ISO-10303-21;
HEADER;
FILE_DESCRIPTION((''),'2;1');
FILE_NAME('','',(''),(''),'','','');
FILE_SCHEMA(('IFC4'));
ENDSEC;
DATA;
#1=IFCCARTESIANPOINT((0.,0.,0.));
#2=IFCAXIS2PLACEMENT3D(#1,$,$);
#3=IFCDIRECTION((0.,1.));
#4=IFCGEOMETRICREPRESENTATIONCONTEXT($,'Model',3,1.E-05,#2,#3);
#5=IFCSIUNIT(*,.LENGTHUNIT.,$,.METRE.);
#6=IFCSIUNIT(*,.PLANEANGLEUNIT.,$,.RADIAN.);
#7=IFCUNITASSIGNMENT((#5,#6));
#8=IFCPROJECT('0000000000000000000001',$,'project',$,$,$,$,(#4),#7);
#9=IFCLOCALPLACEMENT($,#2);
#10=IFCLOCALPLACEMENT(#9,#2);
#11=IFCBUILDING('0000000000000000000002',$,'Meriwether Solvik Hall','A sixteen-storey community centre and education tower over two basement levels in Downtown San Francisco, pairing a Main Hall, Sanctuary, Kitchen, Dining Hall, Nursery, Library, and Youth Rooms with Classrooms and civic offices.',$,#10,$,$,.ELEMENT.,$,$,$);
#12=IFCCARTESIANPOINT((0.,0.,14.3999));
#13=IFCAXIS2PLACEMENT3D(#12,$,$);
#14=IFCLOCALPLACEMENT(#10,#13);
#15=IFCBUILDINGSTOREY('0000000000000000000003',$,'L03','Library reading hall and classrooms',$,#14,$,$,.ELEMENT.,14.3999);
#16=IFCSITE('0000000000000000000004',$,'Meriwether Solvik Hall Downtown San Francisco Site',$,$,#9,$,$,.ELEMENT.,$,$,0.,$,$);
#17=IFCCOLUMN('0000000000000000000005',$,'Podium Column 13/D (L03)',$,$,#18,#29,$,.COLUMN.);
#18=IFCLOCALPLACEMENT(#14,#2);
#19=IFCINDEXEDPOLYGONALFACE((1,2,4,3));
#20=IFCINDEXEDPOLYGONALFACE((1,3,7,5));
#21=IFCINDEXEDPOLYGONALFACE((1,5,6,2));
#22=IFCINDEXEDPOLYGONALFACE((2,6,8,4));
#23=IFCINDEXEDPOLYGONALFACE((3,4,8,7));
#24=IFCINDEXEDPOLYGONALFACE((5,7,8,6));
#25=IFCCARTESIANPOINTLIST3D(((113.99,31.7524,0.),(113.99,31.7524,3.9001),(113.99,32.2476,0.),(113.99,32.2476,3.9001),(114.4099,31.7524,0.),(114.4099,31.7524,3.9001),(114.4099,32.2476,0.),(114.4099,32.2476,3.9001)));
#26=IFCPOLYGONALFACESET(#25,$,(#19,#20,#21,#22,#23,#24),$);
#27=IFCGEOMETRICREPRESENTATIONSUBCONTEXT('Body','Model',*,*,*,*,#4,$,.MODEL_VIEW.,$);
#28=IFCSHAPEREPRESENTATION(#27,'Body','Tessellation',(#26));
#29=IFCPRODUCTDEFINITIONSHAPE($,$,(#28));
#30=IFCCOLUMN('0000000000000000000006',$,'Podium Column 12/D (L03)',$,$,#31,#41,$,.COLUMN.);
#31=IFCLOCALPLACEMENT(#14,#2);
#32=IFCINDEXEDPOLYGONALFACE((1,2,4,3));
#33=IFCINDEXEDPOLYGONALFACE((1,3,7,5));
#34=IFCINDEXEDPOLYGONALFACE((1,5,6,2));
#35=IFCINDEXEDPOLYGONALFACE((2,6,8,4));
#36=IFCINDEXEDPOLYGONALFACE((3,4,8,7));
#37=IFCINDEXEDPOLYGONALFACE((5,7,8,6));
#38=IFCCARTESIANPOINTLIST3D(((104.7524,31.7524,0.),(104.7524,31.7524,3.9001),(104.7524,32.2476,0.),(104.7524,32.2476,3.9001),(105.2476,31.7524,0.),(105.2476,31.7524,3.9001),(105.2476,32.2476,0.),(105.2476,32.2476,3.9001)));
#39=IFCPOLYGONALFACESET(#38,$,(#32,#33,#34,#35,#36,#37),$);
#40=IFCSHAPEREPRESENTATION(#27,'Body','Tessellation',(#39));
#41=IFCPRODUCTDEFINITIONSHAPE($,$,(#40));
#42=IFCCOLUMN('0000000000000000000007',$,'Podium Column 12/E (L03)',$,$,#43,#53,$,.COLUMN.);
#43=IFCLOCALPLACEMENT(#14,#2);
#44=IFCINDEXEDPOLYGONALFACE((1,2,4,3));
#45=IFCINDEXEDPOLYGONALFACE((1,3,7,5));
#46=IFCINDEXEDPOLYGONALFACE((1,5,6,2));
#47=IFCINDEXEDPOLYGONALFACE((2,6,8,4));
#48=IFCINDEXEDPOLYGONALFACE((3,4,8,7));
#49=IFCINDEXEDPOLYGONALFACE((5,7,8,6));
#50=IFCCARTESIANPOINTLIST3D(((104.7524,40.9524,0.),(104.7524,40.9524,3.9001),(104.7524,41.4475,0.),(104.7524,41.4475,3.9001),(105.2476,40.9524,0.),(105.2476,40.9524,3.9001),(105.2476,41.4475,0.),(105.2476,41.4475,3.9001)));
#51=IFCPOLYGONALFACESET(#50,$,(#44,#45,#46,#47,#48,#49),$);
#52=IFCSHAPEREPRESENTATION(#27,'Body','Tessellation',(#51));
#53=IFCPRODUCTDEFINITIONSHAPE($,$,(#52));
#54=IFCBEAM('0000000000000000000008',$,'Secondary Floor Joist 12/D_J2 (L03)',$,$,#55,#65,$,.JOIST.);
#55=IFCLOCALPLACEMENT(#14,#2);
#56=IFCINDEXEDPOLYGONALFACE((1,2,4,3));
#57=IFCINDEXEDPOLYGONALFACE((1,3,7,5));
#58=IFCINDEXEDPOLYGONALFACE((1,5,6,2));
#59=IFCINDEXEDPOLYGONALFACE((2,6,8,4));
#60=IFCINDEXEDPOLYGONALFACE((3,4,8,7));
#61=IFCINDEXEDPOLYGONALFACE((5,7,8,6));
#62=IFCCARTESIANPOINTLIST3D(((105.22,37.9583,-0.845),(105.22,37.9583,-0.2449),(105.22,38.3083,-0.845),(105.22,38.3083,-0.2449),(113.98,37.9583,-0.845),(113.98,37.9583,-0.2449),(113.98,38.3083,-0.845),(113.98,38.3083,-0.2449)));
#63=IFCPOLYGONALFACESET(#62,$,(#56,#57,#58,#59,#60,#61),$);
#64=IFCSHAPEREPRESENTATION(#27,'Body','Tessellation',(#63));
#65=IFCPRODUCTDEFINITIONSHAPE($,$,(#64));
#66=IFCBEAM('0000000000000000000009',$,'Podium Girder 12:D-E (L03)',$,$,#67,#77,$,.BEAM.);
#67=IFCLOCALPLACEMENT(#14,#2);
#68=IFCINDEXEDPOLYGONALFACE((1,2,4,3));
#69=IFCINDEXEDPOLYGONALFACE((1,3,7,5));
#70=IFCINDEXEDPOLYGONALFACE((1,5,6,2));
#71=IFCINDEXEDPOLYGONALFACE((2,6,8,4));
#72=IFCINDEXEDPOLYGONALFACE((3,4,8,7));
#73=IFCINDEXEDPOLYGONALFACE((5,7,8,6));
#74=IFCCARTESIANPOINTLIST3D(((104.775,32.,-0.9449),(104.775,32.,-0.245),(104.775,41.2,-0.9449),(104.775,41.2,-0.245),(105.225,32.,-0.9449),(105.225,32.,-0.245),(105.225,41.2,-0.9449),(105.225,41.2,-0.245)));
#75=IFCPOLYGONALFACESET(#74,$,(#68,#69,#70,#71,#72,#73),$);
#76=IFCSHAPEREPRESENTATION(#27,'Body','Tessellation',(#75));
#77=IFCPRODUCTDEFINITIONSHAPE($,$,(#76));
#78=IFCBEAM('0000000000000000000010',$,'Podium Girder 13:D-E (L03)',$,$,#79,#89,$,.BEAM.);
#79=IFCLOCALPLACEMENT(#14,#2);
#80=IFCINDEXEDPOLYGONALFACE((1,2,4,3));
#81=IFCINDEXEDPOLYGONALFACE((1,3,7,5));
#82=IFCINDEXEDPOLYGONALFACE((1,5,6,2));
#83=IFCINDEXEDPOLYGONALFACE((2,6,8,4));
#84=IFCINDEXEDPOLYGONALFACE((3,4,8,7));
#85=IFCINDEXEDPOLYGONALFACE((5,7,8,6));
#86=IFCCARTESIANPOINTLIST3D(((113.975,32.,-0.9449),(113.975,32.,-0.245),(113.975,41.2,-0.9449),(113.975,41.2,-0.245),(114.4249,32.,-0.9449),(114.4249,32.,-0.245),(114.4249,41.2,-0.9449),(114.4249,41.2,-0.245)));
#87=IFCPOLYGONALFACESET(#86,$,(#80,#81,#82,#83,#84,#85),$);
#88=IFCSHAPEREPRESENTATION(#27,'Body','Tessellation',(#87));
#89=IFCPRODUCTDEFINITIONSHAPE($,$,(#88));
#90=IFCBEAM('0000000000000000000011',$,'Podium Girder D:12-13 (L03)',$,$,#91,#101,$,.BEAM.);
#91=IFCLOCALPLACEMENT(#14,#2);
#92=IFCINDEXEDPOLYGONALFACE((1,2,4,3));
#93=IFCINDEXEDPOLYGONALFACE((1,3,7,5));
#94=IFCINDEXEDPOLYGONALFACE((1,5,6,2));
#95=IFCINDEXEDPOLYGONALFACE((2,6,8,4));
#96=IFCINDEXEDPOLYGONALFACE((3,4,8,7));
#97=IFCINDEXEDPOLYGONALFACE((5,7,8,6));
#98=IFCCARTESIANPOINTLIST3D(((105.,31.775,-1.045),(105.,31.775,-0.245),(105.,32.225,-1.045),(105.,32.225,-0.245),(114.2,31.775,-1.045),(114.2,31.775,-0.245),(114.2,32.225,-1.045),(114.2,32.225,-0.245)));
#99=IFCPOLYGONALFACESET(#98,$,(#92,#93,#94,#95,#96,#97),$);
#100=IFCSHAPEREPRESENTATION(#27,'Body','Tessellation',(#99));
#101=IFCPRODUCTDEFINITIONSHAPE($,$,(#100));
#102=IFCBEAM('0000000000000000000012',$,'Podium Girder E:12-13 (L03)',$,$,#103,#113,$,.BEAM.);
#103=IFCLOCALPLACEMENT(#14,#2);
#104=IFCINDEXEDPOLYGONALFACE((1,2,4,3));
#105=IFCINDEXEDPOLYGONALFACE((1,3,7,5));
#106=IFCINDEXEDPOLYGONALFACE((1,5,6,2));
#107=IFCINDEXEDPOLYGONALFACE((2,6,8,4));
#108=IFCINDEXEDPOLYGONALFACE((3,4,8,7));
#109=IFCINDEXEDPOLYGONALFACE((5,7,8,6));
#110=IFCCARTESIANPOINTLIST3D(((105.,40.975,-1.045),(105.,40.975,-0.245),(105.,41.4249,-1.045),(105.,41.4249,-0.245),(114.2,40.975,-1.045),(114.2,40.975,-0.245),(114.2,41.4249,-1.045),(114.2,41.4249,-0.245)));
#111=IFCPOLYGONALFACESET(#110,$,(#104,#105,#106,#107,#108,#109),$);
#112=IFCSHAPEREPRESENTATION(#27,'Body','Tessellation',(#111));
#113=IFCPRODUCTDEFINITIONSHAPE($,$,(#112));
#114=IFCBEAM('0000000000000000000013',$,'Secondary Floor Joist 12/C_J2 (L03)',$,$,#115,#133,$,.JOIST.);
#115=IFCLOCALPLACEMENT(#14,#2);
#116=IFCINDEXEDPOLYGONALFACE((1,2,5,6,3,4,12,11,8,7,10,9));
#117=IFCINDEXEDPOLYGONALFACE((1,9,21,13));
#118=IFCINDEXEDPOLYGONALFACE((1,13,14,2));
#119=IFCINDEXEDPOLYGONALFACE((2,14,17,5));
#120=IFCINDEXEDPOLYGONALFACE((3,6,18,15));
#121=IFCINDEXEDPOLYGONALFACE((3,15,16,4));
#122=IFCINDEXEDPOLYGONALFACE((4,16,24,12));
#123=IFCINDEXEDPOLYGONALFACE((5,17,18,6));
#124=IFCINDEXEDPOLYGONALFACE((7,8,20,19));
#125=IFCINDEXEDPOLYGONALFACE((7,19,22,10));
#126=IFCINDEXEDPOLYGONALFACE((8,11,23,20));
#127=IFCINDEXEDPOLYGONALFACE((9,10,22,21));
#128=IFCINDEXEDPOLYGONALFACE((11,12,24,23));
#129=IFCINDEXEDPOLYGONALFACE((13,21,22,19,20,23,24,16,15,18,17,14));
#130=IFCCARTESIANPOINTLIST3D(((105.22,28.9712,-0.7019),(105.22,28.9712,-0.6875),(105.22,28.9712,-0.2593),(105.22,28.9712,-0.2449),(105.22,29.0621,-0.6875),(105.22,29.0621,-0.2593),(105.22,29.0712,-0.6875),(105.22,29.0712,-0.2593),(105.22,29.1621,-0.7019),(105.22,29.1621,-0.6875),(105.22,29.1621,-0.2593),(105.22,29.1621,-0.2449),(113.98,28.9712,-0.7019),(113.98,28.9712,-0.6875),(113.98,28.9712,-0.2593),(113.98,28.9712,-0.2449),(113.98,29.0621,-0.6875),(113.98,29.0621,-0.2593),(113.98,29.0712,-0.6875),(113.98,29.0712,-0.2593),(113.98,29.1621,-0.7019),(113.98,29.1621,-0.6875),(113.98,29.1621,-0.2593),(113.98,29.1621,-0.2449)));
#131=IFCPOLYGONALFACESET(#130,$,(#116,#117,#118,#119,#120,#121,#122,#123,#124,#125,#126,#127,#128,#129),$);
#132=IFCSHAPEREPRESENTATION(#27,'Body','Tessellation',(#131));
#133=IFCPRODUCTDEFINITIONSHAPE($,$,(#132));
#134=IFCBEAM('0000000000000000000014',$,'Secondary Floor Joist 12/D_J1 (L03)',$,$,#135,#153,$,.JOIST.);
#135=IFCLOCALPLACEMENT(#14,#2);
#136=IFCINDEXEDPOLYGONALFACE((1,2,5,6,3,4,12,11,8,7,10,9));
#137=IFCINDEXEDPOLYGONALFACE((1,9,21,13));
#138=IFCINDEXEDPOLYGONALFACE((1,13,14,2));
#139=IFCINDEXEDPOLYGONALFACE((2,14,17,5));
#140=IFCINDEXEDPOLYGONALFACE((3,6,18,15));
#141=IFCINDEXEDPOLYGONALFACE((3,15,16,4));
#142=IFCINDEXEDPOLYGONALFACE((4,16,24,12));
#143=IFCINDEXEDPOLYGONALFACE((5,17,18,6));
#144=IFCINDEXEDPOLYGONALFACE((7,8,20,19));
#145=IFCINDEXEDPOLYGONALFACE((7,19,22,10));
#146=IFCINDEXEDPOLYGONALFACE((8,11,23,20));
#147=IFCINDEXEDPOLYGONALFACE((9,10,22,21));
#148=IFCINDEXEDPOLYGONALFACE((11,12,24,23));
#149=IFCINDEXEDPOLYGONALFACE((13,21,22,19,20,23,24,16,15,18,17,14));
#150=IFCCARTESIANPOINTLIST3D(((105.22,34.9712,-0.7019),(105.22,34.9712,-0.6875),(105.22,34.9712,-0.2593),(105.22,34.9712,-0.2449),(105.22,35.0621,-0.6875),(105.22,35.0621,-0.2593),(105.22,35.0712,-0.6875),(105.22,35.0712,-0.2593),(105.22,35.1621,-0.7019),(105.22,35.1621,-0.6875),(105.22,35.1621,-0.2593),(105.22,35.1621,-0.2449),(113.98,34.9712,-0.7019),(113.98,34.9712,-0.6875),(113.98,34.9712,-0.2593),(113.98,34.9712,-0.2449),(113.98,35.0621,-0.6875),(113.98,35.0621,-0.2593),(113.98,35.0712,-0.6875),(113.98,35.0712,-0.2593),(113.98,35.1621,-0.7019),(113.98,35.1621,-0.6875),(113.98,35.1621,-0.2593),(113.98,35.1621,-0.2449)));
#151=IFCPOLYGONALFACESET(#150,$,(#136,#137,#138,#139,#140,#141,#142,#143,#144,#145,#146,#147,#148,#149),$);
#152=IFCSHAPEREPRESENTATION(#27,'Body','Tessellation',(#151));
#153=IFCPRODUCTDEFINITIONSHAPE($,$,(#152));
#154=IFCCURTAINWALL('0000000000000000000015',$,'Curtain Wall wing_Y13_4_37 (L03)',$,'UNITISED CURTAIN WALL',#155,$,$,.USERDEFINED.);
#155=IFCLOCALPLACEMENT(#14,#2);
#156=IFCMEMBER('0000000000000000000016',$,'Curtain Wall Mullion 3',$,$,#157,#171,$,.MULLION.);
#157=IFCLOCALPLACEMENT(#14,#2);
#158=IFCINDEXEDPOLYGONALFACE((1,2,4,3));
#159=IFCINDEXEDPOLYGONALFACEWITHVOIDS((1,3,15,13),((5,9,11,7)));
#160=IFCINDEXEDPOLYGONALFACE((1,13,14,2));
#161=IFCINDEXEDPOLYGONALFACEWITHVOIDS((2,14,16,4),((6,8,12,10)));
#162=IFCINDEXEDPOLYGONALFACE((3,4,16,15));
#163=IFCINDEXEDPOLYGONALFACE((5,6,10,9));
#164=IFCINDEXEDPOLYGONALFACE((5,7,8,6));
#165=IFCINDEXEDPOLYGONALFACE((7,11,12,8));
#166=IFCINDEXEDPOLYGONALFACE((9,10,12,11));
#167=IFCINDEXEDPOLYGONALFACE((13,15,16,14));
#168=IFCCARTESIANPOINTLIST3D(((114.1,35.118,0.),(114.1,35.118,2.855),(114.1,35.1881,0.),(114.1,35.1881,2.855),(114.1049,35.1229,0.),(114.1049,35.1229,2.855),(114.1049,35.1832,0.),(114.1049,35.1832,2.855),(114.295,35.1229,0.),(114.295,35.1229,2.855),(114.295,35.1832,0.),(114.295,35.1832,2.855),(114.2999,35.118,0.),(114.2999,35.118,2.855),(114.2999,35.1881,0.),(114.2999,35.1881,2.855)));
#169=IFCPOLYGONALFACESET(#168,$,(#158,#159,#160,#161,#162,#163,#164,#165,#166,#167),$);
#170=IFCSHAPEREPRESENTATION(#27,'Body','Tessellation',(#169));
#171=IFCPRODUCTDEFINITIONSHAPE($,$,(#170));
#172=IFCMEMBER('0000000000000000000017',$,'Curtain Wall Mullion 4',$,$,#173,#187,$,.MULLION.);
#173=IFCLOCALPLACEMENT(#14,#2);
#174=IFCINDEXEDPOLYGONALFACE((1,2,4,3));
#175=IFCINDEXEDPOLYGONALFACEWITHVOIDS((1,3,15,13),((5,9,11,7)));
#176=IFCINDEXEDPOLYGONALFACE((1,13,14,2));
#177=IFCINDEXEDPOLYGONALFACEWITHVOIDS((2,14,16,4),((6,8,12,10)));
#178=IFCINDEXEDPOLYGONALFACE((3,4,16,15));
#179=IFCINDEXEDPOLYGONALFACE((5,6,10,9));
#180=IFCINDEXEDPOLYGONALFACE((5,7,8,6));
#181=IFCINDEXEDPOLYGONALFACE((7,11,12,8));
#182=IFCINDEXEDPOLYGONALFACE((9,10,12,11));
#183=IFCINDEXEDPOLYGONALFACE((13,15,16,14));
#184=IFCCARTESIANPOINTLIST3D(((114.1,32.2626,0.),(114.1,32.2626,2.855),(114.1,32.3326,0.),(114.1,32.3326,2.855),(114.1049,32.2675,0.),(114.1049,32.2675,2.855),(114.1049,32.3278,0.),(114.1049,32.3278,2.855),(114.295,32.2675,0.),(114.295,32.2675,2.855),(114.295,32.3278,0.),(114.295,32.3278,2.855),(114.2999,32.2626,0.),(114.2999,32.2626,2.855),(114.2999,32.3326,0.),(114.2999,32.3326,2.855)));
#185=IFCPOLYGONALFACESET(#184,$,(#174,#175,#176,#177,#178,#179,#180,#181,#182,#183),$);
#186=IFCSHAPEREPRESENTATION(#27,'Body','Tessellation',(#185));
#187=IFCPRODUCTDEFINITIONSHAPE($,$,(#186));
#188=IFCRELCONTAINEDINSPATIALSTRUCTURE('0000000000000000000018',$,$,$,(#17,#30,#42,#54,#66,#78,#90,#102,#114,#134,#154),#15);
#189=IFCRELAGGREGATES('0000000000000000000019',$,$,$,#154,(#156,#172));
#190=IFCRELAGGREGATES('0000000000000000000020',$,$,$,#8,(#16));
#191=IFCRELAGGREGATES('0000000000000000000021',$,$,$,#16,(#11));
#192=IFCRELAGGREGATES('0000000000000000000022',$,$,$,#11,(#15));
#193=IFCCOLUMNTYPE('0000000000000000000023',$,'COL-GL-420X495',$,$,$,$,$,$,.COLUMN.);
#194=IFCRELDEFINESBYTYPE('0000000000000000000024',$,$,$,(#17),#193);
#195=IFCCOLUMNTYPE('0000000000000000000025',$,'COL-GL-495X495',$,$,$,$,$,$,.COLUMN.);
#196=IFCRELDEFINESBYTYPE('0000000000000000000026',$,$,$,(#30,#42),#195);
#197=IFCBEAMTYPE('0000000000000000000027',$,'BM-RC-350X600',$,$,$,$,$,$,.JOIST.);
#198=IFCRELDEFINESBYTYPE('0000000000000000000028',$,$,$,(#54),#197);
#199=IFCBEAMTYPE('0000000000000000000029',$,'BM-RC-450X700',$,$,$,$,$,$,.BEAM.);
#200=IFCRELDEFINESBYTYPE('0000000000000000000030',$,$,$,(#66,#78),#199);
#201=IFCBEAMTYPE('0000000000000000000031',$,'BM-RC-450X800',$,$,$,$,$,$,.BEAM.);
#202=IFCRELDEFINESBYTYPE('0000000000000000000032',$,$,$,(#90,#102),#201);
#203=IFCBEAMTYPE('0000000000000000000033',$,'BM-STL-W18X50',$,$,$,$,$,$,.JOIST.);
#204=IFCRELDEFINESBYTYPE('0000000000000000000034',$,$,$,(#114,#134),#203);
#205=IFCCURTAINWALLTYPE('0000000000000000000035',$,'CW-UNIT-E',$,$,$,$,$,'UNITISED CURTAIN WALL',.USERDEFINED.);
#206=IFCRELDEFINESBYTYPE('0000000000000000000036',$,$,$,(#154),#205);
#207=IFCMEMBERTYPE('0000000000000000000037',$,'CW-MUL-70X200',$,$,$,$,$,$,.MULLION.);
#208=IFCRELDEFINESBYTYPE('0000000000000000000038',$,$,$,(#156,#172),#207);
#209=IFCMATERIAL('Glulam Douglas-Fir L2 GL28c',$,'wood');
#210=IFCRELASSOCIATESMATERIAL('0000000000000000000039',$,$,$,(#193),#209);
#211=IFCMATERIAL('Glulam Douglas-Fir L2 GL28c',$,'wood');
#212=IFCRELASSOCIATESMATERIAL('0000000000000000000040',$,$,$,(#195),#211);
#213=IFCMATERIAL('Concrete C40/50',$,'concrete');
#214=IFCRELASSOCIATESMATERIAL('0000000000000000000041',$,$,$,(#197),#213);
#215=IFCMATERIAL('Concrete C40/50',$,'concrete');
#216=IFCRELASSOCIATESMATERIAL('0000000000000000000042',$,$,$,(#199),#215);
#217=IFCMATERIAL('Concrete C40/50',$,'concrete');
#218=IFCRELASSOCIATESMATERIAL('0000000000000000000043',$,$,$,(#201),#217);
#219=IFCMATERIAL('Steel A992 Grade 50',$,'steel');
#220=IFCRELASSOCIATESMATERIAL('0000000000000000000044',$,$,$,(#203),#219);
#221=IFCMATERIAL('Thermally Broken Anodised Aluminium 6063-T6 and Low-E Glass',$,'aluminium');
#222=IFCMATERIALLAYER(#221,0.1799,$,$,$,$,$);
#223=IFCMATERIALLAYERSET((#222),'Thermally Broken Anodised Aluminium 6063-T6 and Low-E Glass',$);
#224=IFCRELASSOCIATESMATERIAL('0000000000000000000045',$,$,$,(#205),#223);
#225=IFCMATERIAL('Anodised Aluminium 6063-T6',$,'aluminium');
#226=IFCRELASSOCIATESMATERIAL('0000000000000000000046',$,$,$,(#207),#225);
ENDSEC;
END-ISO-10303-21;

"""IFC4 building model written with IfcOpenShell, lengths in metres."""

from ifc_helpers import new_model, si_unit, direction, frame, origin, origin_2d, place, context, subcontext, project, spatial, rectangle, hollow_rectangle, i_section, extrude, material, layer, layer_set, material_profile, profile_set, type_object, element, aggregate, save


model = new_model("IFC4")

# Units and contexts
model_context = context("Model", 3, precision=1e-05, world=origin(), true_north=direction((0.0, 1.0)))
body_context = subcontext(model_context, "Body", "Model", "MODEL_VIEW")
ifc_project = project(units=[si_unit("LENGTHUNIT", "METRE"), si_unit("PLANEANGLEUNIT", "RADIAN")], contexts=[model_context])

# Site, building, storey
site_placement = place(None, origin())
site = spatial("IfcSite", under=ifc_project, at=site_placement, Name="Meriwether Solvik Hall Downtown San Francisco Site", CompositionType="ELEMENT", RefElevation=0.0)
building_placement = place(site_placement, origin())
building = spatial("IfcBuilding", under=site, at=building_placement, Name="Meriwether Solvik Hall", Description="A sixteen-storey community centre and education tower over two basement levels in Downtown San Francisco, pairing a Main Hall, Sanctuary, Kitchen, Dining Hall, Nursery, Library, and Youth Rooms with Classrooms and civic offices.", CompositionType="ELEMENT")
storey_placement = place(building_placement, frame((0.0, 0.0, 14.3999)))
storey = spatial("IfcBuildingStorey", under=building, at=storey_placement, Name="L03", Description="Library reading hall and classrooms", CompositionType="ELEMENT", Elevation=14.3999)

# Columns
ifc_material_1 = material(Name="Glulam Douglas-Fir L2 GL28c", Category="wood")
ifc_material_profile_1 = material_profile(ifc_material_1, rectangle(XDim=0.4199, YDim=0.4951, at=origin_2d()), Name="GLC-420X495")
ifc_profile_set_1 = profile_set([ifc_material_profile_1], Name="Glulam Douglas-Fir L2 GL28c")
column_type_1 = type_object("IfcColumnType", Name="COL-GL-420X495", PredefinedType="COLUMN", material=ifc_profile_set_1)
column_placement = place(storey_placement, frame((114.2, 32.0, 0.0), z_axis=(0.0, 0.0, 1.0), x_axis=(1.0, 0.0, 0.0)))
element("IfcColumn", 1, at=column_placement, inside=storey, type_object=column_type_1, Name="Podium Column 13/D (L03)", PredefinedType="COLUMN", context=body_context, shape_type="SweptSolid", body=[
    extrude(rectangle(XDim=0.4199, YDim=0.4951, at=origin_2d()), origin(), (0.0, 0.0, 1.0), 3.9001),
])
ifc_material_2 = material(Name="Glulam Douglas-Fir L2 GL28c", Category="wood")
ifc_material_profile_2 = material_profile(ifc_material_2, rectangle(XDim=0.4951, YDim=0.4951, at=origin_2d()), Name="GLC-495X495")
ifc_profile_set_2 = profile_set([ifc_material_profile_2], Name="Glulam Douglas-Fir L2 GL28c")
column_type_2 = type_object("IfcColumnType", Name="COL-GL-495X495", PredefinedType="COLUMN", material=ifc_profile_set_2)
for number, where, z_axis, x_axis, name in (
    (2, (105.0, 32.0, 0.0), (0.0, 0.0, 1.0), (1.0, 0.0, 0.0), "Podium Column 12/D (L03)"),
    (3, (105.0, 41.2, 0.0), (0.0, 0.0, 1.0), (1.0, 0.0, 0.0), "Podium Column 12/E (L03)"),
):
    element("IfcColumn", number, at=place(storey_placement, frame(where, z_axis=z_axis, x_axis=x_axis)), inside=storey, type_object=column_type_2, Name=name, PredefinedType="COLUMN", context=body_context, shape_type="SweptSolid", body=[
        extrude(rectangle(XDim=0.4951, YDim=0.4951, at=origin_2d()), origin(), (0.0, 0.0, 1.0), 3.9001),
    ])

# Beams
ifc_material_3 = material(Name="Concrete C40/50", Category="concrete")
ifc_material_profile_3 = material_profile(ifc_material_3, rectangle(XDim=0.3501, YDim=0.6001, at=origin_2d()), Name="RCB-350X600")
ifc_profile_set_3 = profile_set([ifc_material_profile_3], Name="Concrete C40/50")
beam_type_1 = type_object("IfcBeamType", Name="BM-RC-350X600", PredefinedType="JOIST", material=ifc_profile_set_3)
beam_placement = place(storey_placement, frame((105.22, 38.1333, -0.5449), z_axis=(1.0, 0.0, 0.0), x_axis=(0.0, 1.0, 0.0)))
element("IfcBeam", 4, at=beam_placement, inside=storey, type_object=beam_type_1, Name="Secondary Floor Joist 12/D_J2 (L03)", PredefinedType="JOIST", context=body_context, shape_type="SweptSolid", body=[
    extrude(rectangle(XDim=0.3501, YDim=0.6001, at=origin_2d()), origin(), (0.0, 0.0, 1.0), 8.76),
])
ifc_material_4 = material(Name="Concrete C40/50", Category="concrete")
ifc_material_profile_4 = material_profile(ifc_material_4, rectangle(XDim=0.45, YDim=0.7, at=origin_2d()), Name="RCB-450X700")
ifc_profile_set_4 = profile_set([ifc_material_profile_4], Name="Concrete C40/50")
beam_type_2 = type_object("IfcBeamType", Name="BM-RC-450X700", PredefinedType="BEAM", material=ifc_profile_set_4)
for number, where, z_axis, x_axis, name in (
    (5, (105.0, 32.0, -0.595), (0.0, 1.0, 0.0), (-1.0, 0.0, 0.0), "Podium Girder 12:D-E (L03)"),
    (6, (114.2, 32.0, -0.595), (0.0, 1.0, 0.0), (-1.0, 0.0, 0.0), "Podium Girder 13:D-E (L03)"),
):
    element("IfcBeam", number, at=place(storey_placement, frame(where, z_axis=z_axis, x_axis=x_axis)), inside=storey, type_object=beam_type_2, Name=name, PredefinedType="BEAM", context=body_context, shape_type="SweptSolid", body=[
        extrude(rectangle(XDim=0.45, YDim=0.7, at=origin_2d()), origin(), (0.0, 0.0, 1.0), 9.2),
    ])
ifc_material_5 = material(Name="Concrete C40/50", Category="concrete")
ifc_material_profile_5 = material_profile(ifc_material_5, rectangle(XDim=0.45, YDim=0.8, at=origin_2d()), Name="RCB-450X800")
ifc_profile_set_5 = profile_set([ifc_material_profile_5], Name="Concrete C40/50")
beam_type_3 = type_object("IfcBeamType", Name="BM-RC-450X800", PredefinedType="BEAM", material=ifc_profile_set_5)
for number, where, z_axis, x_axis, name in (
    (7, (105.0, 32.0, -0.645), (1.0, 0.0, 0.0), (0.0, 1.0, 0.0), "Podium Girder D:12-13 (L03)"),
    (8, (105.0, 41.2, -0.645), (1.0, 0.0, 0.0), (0.0, 1.0, 0.0), "Podium Girder E:12-13 (L03)"),
):
    element("IfcBeam", number, at=place(storey_placement, frame(where, z_axis=z_axis, x_axis=x_axis)), inside=storey, type_object=beam_type_3, Name=name, PredefinedType="BEAM", context=body_context, shape_type="SweptSolid", body=[
        extrude(rectangle(XDim=0.45, YDim=0.8, at=origin_2d()), origin(), (0.0, 0.0, 1.0), 9.2),
    ])
ifc_material_6 = material(Name="Steel A992 Grade 50", Category="steel")
ifc_material_profile_6 = material_profile(ifc_material_6, i_section(OverallWidth=0.1909, OverallDepth=0.457, WebThickness=0.009, FlangeThickness=0.0144, at=origin_2d()), Name="W18X50")
ifc_profile_set_6 = profile_set([ifc_material_profile_6], Name="Steel A992 Grade 50")
beam_type_4 = type_object("IfcBeamType", Name="BM-STL-W18X50", PredefinedType="JOIST", material=ifc_profile_set_6)
for number, where, z_axis, x_axis, name in (
    (9, (105.22, 29.0667, -0.4734), (1.0, 0.0, 0.0), (0.0, 1.0, 0.0), "Secondary Floor Joist 12/C_J2 (L03)"),
    (10, (105.22, 35.0667, -0.4734), (1.0, 0.0, 0.0), (0.0, 1.0, 0.0), "Secondary Floor Joist 12/D_J1 (L03)"),
):
    element("IfcBeam", number, at=place(storey_placement, frame(where, z_axis=z_axis, x_axis=x_axis)), inside=storey, type_object=beam_type_4, Name=name, PredefinedType="JOIST", context=body_context, shape_type="SweptSolid", body=[
        extrude(i_section(OverallWidth=0.1909, OverallDepth=0.457, WebThickness=0.009, FlangeThickness=0.0144, at=origin_2d()), origin(), (0.0, 0.0, 1.0), 8.76),
    ])

# Curtain wall, members
ifc_material_7 = material(Name="Thermally Broken Anodised Aluminium 6063-T6 and Low-E Glass", Category="aluminium")
ifc_layer_1 = layer(ifc_material_7, 0.1799)
ifc_layer_set_1 = layer_set([ifc_layer_1], Name="Thermally Broken Anodised Aluminium 6063-T6 and Low-E Glass")
curtain_wall_type = type_object("IfcCurtainWallType", Name="CW-UNIT-E", ElementType="UNITISED CURTAIN WALL", PredefinedType="USERDEFINED", material=ifc_layer_set_1)
curtain_wall_placement = place(storey_placement, origin())
curtain_wall = element("IfcCurtainWall", 11, at=curtain_wall_placement, inside=storey, type_object=curtain_wall_type, Name="Curtain Wall wing_Y13_4_37 (L03)", ObjectType="UNITISED CURTAIN WALL", PredefinedType="USERDEFINED")
ifc_material_8 = material(Name="Anodised Aluminium 6063-T6", Category="aluminium")
ifc_material_profile_7 = material_profile(ifc_material_8, hollow_rectangle(XDim=0.0701, YDim=0.2, WallThickness=0.0049, at=origin_2d()), Name="CWM-70X200")
ifc_profile_set_7 = profile_set([ifc_material_profile_7], Name="Anodised Aluminium 6063-T6")
member_type_1 = type_object("IfcMemberType", Name="CW-MUL-70X200", PredefinedType="MULLION", material=ifc_profile_set_7)
member_1_placement = place(storey_placement, frame((114.2, 35.1531, 0.0), z_axis=(0.0, 0.0, 1.0), x_axis=(0.0, -1.0, 0.0)))
member_1 = element("IfcMember", 12, at=member_1_placement, type_object=member_type_1, Name="Curtain Wall Mullion 3", PredefinedType="MULLION", context=body_context, shape_type="SweptSolid", body=[
    extrude(hollow_rectangle(XDim=0.0701, YDim=0.2, WallThickness=0.0049, at=origin_2d()), origin(), (0.0, 0.0, 1.0), 2.855),
])
member_2_placement = place(storey_placement, frame((114.2, 32.2976, 0.0), z_axis=(0.0, 0.0, 1.0), x_axis=(0.0, -1.0, 0.0)))
member_2 = element("IfcMember", 13, at=member_2_placement, type_object=member_type_1, Name="Curtain Wall Mullion 4", PredefinedType="MULLION", context=body_context, shape_type="SweptSolid", body=[
    extrude(hollow_rectangle(XDim=0.0701, YDim=0.2, WallThickness=0.0049, at=origin_2d()), origin(), (0.0, 0.0, 1.0), 2.855),
])
aggregate(curtain_wall, [member_1, member_2])

save(model, "model.ifc")
